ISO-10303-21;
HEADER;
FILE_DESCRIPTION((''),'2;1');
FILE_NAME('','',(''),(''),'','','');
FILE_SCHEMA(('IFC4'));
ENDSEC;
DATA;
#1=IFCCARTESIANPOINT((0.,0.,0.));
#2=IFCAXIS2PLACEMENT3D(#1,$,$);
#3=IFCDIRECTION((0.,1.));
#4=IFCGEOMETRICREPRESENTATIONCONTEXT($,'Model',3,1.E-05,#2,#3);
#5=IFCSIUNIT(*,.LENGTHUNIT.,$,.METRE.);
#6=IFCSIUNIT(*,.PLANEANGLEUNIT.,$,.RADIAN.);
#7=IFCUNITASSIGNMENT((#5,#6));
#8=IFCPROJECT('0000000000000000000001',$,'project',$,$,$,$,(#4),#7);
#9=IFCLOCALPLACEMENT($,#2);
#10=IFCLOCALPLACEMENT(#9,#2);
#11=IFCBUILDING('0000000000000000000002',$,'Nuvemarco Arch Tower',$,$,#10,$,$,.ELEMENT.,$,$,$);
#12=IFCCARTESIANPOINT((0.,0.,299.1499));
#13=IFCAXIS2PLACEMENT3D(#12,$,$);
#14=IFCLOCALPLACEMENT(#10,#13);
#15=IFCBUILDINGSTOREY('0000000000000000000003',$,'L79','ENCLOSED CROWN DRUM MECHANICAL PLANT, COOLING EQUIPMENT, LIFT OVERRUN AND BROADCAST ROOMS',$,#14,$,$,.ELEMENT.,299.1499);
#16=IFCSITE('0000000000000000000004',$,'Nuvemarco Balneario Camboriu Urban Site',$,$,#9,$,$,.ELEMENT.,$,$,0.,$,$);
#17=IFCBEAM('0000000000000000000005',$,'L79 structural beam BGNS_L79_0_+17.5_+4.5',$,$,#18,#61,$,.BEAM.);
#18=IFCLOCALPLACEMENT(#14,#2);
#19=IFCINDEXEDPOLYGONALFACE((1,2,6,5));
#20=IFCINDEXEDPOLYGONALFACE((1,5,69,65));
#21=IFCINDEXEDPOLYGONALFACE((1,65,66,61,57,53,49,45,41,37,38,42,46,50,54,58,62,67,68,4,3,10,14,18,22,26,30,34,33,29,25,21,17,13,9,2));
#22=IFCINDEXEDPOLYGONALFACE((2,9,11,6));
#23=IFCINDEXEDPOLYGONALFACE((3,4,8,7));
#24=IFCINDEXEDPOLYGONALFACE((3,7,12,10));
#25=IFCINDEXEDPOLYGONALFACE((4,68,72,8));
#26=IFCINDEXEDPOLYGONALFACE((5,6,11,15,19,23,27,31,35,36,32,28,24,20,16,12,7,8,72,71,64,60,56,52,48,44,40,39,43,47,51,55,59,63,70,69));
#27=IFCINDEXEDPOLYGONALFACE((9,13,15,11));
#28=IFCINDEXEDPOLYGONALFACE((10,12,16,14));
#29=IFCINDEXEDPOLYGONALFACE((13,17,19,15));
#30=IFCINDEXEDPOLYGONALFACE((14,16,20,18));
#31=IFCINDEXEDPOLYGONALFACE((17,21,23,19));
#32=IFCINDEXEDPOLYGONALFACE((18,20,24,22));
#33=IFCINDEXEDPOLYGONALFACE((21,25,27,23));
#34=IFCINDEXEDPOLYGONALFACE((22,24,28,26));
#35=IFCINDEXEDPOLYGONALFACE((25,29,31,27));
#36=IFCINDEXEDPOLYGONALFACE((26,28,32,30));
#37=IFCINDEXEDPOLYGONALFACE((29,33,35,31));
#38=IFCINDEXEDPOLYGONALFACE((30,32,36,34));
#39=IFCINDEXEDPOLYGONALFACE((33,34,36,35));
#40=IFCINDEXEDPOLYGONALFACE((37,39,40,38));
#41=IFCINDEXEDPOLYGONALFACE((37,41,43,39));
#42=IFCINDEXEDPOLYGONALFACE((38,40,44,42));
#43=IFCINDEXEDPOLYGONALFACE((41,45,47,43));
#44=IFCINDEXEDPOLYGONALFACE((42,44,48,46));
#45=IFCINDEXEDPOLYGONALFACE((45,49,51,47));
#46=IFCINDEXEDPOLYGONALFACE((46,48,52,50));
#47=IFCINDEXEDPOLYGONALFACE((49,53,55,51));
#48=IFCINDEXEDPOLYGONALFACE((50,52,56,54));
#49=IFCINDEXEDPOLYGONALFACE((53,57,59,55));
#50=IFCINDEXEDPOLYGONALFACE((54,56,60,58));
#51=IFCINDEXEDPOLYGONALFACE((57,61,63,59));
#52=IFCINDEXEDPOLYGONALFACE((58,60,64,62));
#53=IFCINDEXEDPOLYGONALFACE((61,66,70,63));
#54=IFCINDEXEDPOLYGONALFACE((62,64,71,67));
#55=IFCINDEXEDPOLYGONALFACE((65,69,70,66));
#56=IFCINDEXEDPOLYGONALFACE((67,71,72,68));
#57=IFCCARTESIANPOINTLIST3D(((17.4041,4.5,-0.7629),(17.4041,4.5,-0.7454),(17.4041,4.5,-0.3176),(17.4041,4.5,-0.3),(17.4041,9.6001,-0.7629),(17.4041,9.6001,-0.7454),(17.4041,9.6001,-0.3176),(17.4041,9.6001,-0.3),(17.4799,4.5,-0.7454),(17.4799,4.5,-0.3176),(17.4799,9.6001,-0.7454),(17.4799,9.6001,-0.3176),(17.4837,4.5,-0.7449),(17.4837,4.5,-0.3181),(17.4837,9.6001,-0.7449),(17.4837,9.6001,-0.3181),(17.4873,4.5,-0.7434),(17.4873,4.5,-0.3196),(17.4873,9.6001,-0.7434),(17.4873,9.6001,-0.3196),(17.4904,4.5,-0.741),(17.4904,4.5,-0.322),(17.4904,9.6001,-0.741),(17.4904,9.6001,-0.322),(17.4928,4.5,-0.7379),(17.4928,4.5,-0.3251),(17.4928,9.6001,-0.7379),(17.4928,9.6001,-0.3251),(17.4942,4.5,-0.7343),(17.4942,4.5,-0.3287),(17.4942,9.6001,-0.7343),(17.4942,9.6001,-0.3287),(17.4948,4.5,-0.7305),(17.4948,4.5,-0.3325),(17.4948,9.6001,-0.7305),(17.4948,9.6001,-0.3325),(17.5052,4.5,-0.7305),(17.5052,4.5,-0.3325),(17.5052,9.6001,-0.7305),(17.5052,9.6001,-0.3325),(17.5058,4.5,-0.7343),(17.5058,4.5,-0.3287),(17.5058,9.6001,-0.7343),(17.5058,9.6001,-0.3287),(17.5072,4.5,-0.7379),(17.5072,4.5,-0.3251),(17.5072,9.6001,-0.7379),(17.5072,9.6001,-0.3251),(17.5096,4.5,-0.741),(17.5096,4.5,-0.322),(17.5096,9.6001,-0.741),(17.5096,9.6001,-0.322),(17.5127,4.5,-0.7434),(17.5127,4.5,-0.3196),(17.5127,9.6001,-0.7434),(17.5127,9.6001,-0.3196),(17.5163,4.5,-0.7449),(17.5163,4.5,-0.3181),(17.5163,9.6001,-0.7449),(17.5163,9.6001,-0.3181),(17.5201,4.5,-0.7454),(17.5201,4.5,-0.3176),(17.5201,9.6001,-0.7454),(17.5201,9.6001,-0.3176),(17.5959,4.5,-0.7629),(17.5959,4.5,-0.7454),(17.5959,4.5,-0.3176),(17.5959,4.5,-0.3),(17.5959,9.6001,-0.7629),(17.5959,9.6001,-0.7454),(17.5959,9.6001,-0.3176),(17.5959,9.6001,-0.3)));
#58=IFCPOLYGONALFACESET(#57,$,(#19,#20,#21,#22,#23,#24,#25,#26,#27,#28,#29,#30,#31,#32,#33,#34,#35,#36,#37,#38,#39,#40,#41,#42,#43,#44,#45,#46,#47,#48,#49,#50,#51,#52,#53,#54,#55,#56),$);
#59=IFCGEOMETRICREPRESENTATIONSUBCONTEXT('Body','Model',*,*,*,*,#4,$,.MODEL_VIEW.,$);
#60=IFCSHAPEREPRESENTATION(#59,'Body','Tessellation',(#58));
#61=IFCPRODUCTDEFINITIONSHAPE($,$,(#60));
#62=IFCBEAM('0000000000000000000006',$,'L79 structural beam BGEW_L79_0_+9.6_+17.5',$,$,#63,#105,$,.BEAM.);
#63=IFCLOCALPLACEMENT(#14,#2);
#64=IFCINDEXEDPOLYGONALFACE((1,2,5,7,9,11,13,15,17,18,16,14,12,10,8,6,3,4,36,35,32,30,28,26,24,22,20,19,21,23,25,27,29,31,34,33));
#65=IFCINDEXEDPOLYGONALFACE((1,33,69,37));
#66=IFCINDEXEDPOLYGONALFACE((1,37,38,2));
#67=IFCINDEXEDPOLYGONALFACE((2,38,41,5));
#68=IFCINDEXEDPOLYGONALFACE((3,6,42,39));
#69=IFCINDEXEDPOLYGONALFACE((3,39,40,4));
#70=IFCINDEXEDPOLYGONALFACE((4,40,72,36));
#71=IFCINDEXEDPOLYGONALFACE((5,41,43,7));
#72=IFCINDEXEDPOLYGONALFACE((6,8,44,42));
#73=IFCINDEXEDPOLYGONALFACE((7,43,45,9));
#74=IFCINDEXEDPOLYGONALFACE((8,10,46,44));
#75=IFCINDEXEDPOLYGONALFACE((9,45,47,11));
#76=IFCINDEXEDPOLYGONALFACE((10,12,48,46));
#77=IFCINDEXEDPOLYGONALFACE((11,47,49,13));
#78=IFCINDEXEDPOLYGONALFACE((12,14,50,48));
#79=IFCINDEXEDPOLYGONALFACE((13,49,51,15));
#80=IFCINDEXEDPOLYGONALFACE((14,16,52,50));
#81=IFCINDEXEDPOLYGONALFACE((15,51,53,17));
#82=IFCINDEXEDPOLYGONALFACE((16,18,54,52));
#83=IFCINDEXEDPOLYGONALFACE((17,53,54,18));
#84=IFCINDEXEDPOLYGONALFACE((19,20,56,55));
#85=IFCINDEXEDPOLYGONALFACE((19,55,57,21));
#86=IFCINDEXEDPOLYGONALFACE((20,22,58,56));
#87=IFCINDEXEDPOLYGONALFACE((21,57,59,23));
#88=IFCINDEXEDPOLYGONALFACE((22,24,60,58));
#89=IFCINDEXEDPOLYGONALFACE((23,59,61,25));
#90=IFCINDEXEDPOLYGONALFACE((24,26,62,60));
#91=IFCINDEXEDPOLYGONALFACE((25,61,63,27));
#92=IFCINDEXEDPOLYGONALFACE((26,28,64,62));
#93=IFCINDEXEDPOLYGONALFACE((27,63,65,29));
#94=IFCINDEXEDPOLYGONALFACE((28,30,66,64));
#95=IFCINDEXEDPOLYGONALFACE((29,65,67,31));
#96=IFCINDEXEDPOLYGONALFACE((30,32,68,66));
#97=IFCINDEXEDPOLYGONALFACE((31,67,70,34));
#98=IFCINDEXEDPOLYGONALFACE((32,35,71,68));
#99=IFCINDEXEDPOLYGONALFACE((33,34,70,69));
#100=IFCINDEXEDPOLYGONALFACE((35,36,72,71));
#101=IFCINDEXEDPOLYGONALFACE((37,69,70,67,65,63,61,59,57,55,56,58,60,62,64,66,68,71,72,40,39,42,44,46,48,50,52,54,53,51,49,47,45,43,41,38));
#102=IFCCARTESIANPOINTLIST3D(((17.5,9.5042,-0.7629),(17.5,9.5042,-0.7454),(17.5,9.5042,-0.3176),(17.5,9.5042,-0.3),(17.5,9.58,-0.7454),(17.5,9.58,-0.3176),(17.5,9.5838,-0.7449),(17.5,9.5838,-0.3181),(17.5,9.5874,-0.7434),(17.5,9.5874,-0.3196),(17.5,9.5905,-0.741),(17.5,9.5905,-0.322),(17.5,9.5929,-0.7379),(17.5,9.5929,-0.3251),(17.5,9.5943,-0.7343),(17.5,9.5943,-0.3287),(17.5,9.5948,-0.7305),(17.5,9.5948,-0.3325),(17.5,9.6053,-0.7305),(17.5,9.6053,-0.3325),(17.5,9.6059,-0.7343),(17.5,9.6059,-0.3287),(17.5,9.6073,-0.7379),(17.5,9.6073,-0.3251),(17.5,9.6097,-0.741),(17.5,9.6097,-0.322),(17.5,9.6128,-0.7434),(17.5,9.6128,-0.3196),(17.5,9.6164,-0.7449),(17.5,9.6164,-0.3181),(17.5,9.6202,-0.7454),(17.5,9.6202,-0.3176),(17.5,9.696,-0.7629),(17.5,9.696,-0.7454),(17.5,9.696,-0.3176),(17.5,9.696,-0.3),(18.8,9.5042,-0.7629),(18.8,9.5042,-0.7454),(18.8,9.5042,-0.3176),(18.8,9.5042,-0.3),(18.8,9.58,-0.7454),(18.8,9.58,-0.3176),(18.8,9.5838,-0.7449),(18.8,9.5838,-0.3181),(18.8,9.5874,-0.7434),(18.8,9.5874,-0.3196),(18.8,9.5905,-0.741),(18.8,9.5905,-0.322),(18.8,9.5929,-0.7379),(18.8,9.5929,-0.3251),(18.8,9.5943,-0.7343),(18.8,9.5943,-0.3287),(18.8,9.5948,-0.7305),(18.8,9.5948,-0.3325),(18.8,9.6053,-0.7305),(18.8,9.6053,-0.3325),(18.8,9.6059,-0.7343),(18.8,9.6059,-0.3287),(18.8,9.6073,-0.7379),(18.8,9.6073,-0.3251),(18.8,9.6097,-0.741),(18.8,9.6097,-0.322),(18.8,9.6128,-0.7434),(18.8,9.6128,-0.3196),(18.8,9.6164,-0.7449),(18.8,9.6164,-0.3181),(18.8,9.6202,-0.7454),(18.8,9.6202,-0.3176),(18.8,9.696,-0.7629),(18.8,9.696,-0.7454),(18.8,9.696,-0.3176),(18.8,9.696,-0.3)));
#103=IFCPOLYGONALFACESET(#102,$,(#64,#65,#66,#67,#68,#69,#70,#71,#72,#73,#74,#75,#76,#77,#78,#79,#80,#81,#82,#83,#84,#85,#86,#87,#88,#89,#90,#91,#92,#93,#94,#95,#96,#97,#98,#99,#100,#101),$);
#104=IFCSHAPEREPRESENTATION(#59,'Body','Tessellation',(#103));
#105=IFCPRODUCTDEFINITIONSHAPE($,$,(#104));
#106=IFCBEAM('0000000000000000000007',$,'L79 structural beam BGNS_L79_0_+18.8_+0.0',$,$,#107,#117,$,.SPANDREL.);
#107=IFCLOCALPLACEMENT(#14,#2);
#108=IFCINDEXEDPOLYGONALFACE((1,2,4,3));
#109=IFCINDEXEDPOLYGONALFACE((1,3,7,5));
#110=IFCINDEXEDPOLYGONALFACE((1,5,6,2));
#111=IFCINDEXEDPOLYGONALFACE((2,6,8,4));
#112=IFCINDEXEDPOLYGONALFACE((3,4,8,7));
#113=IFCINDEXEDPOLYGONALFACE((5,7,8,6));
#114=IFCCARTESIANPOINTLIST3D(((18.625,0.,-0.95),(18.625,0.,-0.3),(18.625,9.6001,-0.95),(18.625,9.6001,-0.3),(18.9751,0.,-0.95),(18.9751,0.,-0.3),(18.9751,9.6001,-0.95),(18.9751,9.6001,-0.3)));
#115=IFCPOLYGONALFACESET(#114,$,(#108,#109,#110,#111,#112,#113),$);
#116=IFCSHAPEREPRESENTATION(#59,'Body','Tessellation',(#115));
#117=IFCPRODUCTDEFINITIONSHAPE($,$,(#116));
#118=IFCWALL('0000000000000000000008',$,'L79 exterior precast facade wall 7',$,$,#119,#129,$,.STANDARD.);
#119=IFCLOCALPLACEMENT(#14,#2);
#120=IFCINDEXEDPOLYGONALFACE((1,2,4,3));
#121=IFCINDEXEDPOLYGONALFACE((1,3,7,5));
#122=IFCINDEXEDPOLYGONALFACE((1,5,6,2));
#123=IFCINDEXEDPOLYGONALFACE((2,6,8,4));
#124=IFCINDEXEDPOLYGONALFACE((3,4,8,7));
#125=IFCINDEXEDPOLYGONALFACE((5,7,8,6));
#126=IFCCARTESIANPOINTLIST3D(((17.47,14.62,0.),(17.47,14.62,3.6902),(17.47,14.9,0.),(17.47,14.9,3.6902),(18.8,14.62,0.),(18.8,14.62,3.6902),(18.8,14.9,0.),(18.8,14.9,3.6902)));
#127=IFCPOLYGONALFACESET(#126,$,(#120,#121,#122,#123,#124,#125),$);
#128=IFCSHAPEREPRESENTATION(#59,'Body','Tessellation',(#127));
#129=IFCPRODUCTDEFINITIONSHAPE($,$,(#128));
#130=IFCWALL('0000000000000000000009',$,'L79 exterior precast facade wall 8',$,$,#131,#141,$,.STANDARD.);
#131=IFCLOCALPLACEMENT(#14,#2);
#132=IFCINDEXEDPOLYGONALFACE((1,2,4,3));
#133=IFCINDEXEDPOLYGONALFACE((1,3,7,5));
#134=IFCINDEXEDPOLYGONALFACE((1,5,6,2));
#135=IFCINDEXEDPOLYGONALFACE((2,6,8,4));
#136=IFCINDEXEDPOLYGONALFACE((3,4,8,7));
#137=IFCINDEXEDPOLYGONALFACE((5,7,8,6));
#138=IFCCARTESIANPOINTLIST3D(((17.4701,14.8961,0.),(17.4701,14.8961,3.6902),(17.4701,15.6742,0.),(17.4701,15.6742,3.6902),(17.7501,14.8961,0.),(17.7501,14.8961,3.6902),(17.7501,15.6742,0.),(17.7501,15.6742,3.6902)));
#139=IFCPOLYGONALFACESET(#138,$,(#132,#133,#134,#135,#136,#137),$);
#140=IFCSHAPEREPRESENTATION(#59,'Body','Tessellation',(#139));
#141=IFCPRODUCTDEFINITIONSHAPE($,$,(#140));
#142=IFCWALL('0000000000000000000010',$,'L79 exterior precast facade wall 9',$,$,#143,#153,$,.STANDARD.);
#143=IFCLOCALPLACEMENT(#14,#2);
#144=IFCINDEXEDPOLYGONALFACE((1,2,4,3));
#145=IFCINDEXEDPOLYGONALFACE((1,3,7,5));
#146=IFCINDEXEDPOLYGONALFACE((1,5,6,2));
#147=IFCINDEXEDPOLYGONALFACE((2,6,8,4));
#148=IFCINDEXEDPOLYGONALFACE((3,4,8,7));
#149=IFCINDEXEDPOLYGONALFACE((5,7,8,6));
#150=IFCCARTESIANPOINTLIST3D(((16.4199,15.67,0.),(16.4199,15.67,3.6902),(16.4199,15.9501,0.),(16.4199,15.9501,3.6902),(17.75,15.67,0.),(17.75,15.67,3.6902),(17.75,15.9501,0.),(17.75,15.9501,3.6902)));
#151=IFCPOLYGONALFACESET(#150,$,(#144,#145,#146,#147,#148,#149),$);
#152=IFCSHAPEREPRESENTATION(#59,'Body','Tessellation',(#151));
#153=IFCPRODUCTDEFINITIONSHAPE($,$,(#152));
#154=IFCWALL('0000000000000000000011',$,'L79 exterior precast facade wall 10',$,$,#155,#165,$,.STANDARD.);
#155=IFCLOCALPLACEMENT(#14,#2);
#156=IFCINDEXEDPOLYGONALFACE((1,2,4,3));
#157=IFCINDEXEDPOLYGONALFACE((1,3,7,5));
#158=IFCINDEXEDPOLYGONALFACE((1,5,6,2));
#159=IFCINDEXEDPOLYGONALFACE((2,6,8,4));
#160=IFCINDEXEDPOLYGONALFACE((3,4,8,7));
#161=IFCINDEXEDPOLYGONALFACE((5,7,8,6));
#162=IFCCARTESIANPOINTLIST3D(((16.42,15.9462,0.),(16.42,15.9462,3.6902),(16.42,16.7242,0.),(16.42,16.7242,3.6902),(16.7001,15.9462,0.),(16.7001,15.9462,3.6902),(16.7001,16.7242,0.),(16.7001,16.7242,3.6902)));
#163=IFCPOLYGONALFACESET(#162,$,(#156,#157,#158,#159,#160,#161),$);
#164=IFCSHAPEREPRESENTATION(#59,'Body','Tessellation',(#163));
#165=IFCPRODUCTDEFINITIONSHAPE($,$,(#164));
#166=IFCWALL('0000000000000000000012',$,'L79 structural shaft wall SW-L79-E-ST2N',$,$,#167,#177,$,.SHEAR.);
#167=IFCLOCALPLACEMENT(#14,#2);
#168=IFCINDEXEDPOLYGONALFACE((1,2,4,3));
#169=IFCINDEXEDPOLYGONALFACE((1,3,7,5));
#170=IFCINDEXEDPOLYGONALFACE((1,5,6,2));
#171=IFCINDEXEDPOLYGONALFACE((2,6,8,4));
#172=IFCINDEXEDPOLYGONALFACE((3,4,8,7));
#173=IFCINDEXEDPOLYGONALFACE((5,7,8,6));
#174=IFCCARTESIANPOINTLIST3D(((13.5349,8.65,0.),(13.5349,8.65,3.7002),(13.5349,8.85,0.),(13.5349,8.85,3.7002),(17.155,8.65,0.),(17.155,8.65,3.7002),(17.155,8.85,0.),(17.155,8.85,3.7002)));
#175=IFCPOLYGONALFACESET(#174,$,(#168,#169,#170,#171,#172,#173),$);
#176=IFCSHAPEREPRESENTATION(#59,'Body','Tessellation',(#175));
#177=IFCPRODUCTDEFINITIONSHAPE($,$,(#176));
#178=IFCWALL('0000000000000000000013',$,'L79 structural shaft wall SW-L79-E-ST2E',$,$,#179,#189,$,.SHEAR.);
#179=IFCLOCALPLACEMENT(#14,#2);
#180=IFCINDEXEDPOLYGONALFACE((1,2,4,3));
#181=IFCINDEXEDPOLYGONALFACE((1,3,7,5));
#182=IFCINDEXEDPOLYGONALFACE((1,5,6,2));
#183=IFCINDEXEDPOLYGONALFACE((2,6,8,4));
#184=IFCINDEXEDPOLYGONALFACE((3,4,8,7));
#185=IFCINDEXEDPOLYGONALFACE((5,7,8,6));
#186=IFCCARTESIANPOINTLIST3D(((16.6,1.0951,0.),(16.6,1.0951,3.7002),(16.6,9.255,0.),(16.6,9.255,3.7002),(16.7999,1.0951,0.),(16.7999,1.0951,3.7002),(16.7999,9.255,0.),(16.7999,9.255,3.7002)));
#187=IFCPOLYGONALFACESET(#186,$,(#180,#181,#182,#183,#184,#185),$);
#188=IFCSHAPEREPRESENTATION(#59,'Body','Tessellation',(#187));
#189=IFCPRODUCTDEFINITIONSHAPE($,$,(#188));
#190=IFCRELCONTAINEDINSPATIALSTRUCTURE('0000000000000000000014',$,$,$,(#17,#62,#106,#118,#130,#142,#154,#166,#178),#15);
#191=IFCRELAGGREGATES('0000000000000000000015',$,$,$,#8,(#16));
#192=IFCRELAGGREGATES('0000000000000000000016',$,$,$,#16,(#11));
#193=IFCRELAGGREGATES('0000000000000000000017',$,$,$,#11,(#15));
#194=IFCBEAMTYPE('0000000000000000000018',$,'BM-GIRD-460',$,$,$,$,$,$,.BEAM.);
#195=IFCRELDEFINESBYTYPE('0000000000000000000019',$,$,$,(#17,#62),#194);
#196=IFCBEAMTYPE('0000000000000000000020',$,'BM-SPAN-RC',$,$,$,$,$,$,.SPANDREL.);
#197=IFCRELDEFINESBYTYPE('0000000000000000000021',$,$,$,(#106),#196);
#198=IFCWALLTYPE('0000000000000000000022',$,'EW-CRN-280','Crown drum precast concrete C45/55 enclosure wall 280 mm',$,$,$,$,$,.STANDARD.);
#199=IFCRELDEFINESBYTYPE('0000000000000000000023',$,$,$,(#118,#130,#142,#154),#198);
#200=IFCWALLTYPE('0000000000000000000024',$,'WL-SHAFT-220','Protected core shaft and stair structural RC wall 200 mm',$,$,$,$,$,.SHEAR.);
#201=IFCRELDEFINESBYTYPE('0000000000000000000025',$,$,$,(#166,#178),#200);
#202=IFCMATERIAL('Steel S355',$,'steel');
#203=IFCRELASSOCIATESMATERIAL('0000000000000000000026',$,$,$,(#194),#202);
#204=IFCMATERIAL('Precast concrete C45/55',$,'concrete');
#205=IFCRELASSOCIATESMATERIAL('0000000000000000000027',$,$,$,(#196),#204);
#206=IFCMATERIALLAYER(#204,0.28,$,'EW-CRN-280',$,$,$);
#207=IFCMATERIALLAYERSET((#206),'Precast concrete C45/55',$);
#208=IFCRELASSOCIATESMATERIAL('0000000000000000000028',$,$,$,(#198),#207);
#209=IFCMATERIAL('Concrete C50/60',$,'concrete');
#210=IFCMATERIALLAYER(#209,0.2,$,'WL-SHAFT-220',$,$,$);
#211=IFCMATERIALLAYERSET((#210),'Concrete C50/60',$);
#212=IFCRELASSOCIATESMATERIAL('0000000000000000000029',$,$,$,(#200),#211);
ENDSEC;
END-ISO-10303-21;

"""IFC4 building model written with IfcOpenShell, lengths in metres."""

from ifc_helpers import new_model, si_unit, direction, frame, frame_2d, origin, origin_2d, place, context, subcontext, project, spatial, rectangle, i_section, extrude, material, layer, layer_set, material_profile, profile_set, type_object, element, save


model = new_model("IFC4")

# Units and contexts
model_context = context("Model", 3, precision=1e-05, world=origin(), true_north=direction((0.0, 1.0)))
body_context = subcontext(model_context, "Body", "Model", "MODEL_VIEW")
ifc_project = project(units=[si_unit("LENGTHUNIT", "METRE"), si_unit("PLANEANGLEUNIT", "RADIAN")], contexts=[model_context])

# Site, building, storey
site_placement = place(None, origin())
site = spatial("IfcSite", under=ifc_project, at=site_placement, Name="Nuvemarco Balneario Camboriu Urban Site", CompositionType="ELEMENT", RefElevation=0.0)
building_placement = place(site_placement, origin())
building = spatial("IfcBuilding", under=site, at=building_placement, Name="Nuvemarco Arch Tower", CompositionType="ELEMENT")
storey_placement = place(building_placement, frame((0.0, 0.0, 299.1499)))
storey = spatial("IfcBuildingStorey", under=building, at=storey_placement, Name="L79", Description="ENCLOSED CROWN DRUM MECHANICAL PLANT, COOLING EQUIPMENT, LIFT OVERRUN AND BROADCAST ROOMS", CompositionType="ELEMENT", Elevation=299.1499)

# Shared definitions
ifc_material_1 = material(Name="Concrete C50/60", Category="concrete")
ifc_material_2 = material(Name="Steel S355", Category="steel")

# Beams
ifc_material_profile_1 = material_profile(ifc_material_2, i_section(OverallWidth=0.1919, OverallDepth=0.4629, WebThickness=0.0105, FlangeThickness=0.0176, FilletRadius=0.0149, at=origin_2d()), Name="W460x89")
ifc_profile_set_1 = profile_set([ifc_material_profile_1], Name="Steel S355")
beam_type_1 = type_object("IfcBeamType", Name="BM-GIRD-460", PredefinedType="BEAM", material=ifc_profile_set_1)
beam_1_placement = place(storey_placement, frame((17.5, 4.5, -0.5315), z_axis=(0.0, 1.0, 0.0), x_axis=(-1.0, 0.0, 0.0)))
element("IfcBeam", 1, at=beam_1_placement, inside=storey, type_object=beam_type_1, Name="L79 structural beam BGNS_L79_0_+17.5_+4.5", PredefinedType="BEAM", context=body_context, shape_type="SweptSolid", body=[
    extrude(i_section(OverallWidth=0.1919, OverallDepth=0.4629, WebThickness=0.0105, FlangeThickness=0.0176, FilletRadius=0.0149, at=origin_2d()), origin(), (0.0, 0.0, 1.0), 5.1001),
])
beam_2_placement = place(storey_placement, frame((17.5, 9.6001, -0.5315), z_axis=(1.0, 0.0, 0.0), x_axis=(0.0, 1.0, 0.0)))
element("IfcBeam", 2, at=beam_2_placement, inside=storey, type_object=beam_type_1, Name="L79 structural beam BGEW_L79_0_+9.6_+17.5", PredefinedType="BEAM", context=body_context, shape_type="SweptSolid", body=[
    extrude(i_section(OverallWidth=0.1919, OverallDepth=0.4629, WebThickness=0.0105, FlangeThickness=0.0176, FilletRadius=0.0149, at=origin_2d()), origin(), (0.0, 0.0, 1.0), 1.3),
])
ifc_material_3 = material(Name="Precast concrete C45/55", Category="concrete")
ifc_material_profile_2 = material_profile(ifc_material_3, rectangle(XDim=0.3501, YDim=0.6499, at=origin_2d()), Name="PC-SP-350x650")
ifc_profile_set_2 = profile_set([ifc_material_profile_2], Name="Precast concrete C45/55")
beam_type_2 = type_object("IfcBeamType", Name="BM-SPAN-RC", PredefinedType="SPANDREL", material=ifc_profile_set_2)
beam_3_placement = place(storey_placement, frame((18.8, 0.0, -0.625), z_axis=(0.0, 1.0, 0.0), x_axis=(-1.0, 0.0, 0.0)))
element("IfcBeam", 3, at=beam_3_placement, inside=storey, type_object=beam_type_2, Name="L79 structural beam BGNS_L79_0_+18.8_+0.0", PredefinedType="SPANDREL", context=body_context, shape_type="SweptSolid", body=[
    extrude(rectangle(XDim=0.3501, YDim=0.6499, at=origin_2d()), origin(), (0.0, 0.0, 1.0), 9.6001),
])

# Walls
ifc_layer_1 = layer(ifc_material_3, 0.28, Name="EW-CRN-280")
ifc_layer_set_1 = layer_set([ifc_layer_1], Name="Precast concrete C45/55")
wall_type_1 = type_object("IfcWallType", Name="EW-CRN-280", Description="Crown drum precast concrete C45/55 enclosure wall 280 mm", PredefinedType="STANDARD", material=ifc_layer_set_1)
wall_1_placement = place(storey_placement, frame((17.47, 14.76, 0.0), z_axis=(0.0, 0.0, 1.0), x_axis=(1.0, 0.0, 0.0)))
element("IfcWall", 4, at=wall_1_placement, inside=storey, type_object=wall_type_1, Name="L79 exterior precast facade wall 7", PredefinedType="STANDARD", context=body_context, shape_type="SweptSolid", body=[
    extrude(rectangle(XDim=1.3301, YDim=0.28, at=frame_2d((0.665, 0.0))), origin(), (0.0, 0.0, 1.0), 3.6902),
])
wall_2_placement = place(storey_placement, frame((17.6101, 14.896, 0.0), z_axis=(0.0, 0.0, 1.0), x_axis=(0.0, 1.0, 0.0)))
element("IfcWall", 5, at=wall_2_placement, inside=storey, type_object=wall_type_1, Name="L79 exterior precast facade wall 8", PredefinedType="STANDARD", context=body_context, shape_type="SweptSolid", body=[
    extrude(rectangle(XDim=0.7781, YDim=0.28, at=frame_2d((0.3892, 0.0))), origin(), (0.0, 0.0, 1.0), 3.6902),
])
wall_3_placement = place(storey_placement, frame((16.4199, 15.8101, 0.0), z_axis=(0.0, 0.0, 1.0), x_axis=(1.0, 0.0, 0.0)))
element("IfcWall", 6, at=wall_3_placement, inside=storey, type_object=wall_type_1, Name="L79 exterior precast facade wall 9", PredefinedType="STANDARD", context=body_context, shape_type="SweptSolid", body=[
    extrude(rectangle(XDim=1.3301, YDim=0.28, at=frame_2d((0.665, 0.0))), origin(), (0.0, 0.0, 1.0), 3.6902),
])
wall_4_placement = place(storey_placement, frame((16.5601, 15.946, 0.0), z_axis=(0.0, 0.0, 1.0), x_axis=(0.0, 1.0, 0.0)))
element("IfcWall", 7, at=wall_4_placement, inside=storey, type_object=wall_type_1, Name="L79 exterior precast facade wall 10", PredefinedType="STANDARD", context=body_context, shape_type="SweptSolid", body=[
    extrude(rectangle(XDim=0.7781, YDim=0.28, at=frame_2d((0.3892, 0.0))), origin(), (0.0, 0.0, 1.0), 3.6902),
])
ifc_layer_2 = layer(ifc_material_1, 0.2, Name="WL-SHAFT-220")
ifc_layer_set_2 = layer_set([ifc_layer_2], Name="Concrete C50/60")
wall_type_2 = type_object("IfcWallType", Name="WL-SHAFT-220", Description="Protected core shaft and stair structural RC wall 200 mm", PredefinedType="SHEAR", material=ifc_layer_set_2)
wall_5_placement = place(storey_placement, frame((13.5349, 8.75, 0.0), z_axis=(0.0, 0.0, 1.0), x_axis=(1.0, 0.0, 0.0)))
element("IfcWall", 8, at=wall_5_placement, inside=storey, type_object=wall_type_2, Name="L79 structural shaft wall SW-L79-E-ST2N", PredefinedType="SHEAR", context=body_context, shape_type="SweptSolid", body=[
    extrude(rectangle(XDim=3.6201, YDim=0.2, at=frame_2d((1.8101, 0.0))), origin(), (0.0, 0.0, 1.0), 3.7002),
])
wall_6_placement = place(storey_placement, frame((16.7, 1.095, 0.0), z_axis=(0.0, 0.0, 1.0), x_axis=(0.0, 1.0, 0.0)))
element("IfcWall", 9, at=wall_6_placement, inside=storey, type_object=wall_type_2, Name="L79 structural shaft wall SW-L79-E-ST2E", PredefinedType="SHEAR", context=body_context, shape_type="SweptSolid", body=[
    extrude(rectangle(XDim=8.1599, YDim=0.2, at=frame_2d((4.0801, 0.0))), origin(), (0.0, 0.0, 1.0), 3.7002),
])

save(model, "model.ifc")
